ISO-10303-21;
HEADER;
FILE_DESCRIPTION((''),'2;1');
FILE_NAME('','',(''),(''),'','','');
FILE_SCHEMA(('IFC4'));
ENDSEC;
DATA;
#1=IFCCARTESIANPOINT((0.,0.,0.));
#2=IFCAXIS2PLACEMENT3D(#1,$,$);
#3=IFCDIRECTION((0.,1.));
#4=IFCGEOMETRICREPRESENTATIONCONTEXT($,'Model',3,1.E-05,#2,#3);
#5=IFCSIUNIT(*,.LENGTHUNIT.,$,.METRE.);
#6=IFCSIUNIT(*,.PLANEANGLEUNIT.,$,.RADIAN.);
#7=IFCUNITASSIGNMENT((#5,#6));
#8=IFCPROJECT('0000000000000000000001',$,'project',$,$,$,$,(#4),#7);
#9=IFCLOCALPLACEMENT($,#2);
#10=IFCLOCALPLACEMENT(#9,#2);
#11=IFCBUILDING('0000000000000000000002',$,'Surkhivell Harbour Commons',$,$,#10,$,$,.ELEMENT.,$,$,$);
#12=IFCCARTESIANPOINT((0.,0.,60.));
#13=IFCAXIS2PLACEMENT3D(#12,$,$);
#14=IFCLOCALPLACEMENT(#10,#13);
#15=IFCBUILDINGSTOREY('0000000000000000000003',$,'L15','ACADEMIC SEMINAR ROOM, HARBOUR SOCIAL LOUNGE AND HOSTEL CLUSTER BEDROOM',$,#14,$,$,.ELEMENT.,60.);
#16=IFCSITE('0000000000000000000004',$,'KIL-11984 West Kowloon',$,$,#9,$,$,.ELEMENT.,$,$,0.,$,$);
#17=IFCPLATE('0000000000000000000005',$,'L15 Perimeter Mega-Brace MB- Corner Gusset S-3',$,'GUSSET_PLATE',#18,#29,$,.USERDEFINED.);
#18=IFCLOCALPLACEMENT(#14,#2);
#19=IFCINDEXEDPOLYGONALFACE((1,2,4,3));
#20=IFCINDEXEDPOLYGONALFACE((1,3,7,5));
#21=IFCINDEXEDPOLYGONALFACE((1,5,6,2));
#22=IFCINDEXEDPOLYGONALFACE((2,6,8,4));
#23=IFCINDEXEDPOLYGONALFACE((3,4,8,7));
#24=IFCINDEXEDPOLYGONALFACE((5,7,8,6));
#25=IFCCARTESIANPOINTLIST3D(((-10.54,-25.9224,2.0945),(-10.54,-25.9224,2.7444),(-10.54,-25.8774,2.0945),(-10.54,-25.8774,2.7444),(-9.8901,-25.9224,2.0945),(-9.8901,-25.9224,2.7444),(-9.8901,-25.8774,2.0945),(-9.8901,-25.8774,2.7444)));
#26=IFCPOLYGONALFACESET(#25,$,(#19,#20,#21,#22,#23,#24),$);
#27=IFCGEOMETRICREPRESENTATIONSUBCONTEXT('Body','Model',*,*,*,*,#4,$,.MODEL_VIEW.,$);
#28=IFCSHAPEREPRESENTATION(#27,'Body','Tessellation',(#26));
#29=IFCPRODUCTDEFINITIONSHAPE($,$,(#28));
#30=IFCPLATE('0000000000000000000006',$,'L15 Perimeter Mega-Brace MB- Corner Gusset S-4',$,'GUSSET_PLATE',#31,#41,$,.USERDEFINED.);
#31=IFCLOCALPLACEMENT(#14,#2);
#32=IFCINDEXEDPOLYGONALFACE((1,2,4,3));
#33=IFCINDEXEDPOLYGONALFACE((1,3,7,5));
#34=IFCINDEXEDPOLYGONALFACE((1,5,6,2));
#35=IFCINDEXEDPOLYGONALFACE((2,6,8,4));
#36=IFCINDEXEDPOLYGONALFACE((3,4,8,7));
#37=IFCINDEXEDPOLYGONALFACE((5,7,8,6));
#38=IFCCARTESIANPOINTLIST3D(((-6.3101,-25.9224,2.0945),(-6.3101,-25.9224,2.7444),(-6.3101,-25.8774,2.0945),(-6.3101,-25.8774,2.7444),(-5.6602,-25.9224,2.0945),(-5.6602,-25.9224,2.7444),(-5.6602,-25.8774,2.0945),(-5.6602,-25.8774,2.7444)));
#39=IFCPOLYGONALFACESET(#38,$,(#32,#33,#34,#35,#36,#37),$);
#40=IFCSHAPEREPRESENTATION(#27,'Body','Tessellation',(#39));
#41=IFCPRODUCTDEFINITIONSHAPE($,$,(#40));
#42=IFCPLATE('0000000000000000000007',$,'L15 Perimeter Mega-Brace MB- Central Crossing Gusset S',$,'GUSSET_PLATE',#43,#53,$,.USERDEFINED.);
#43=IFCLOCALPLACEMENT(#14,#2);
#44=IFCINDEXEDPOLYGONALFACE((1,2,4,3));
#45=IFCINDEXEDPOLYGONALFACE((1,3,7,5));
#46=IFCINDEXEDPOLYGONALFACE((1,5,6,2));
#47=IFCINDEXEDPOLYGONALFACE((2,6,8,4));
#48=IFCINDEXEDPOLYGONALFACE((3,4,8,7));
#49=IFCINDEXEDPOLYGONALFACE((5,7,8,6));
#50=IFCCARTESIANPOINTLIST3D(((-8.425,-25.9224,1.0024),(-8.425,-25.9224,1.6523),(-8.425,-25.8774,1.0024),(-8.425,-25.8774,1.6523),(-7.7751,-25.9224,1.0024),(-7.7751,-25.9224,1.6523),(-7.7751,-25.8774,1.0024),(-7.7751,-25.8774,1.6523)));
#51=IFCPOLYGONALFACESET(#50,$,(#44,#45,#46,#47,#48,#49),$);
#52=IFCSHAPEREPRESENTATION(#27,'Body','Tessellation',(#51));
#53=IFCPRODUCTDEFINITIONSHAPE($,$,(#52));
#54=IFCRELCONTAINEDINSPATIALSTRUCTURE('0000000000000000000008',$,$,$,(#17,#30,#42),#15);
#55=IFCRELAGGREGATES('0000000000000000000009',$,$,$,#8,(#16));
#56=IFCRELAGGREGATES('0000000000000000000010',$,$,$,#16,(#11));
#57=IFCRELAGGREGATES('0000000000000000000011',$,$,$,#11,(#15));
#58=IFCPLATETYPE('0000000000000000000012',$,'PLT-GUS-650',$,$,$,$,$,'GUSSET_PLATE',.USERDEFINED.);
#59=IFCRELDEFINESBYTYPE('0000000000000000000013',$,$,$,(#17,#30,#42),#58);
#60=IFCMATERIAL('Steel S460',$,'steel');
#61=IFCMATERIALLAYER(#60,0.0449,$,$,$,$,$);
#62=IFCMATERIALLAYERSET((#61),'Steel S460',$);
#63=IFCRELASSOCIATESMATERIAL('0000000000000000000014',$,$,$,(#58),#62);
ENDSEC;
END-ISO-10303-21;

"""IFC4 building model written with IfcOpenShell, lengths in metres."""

from ifc_helpers import new_model, si_unit, direction, frame, origin, origin_2d, place, context, subcontext, project, spatial, rectangle, extrude, material, layer, layer_set, type_object, element, save


model = new_model("IFC4")

# Units and contexts
model_context = context("Model", 3, precision=1e-05, world=origin(), true_north=direction((0.0, 1.0)))
body_context = subcontext(model_context, "Body", "Model", "MODEL_VIEW")
ifc_project = project(units=[si_unit("LENGTHUNIT", "METRE"), si_unit("PLANEANGLEUNIT", "RADIAN")], contexts=[model_context])

# Site, building, storey
site_placement = place(None, origin())
site = spatial("IfcSite", under=ifc_project, at=site_placement, Name="KIL-11984 West Kowloon", CompositionType="ELEMENT", RefElevation=0.0)
building_placement = place(site_placement, origin())
building = spatial("IfcBuilding", under=site, at=building_placement, Name="Surkhivell Harbour Commons", CompositionType="ELEMENT")
storey_placement = place(building_placement, frame((0.0, 0.0, 60.0)))
storey = spatial("IfcBuildingStorey", under=building, at=storey_placement, Name="L15", Description="ACADEMIC SEMINAR ROOM, HARBOUR SOCIAL LOUNGE AND HOSTEL CLUSTER BEDROOM", CompositionType="ELEMENT", Elevation=60.0)

# Shared definitions
ifc_material_1 = material(Name="Steel S460", Category="steel")

# Plates
ifc_layer_1 = layer(ifc_material_1, 0.0449)
ifc_layer_set_1 = layer_set([ifc_layer_1], Name="Steel S460")
plate_type_1 = type_object("IfcPlateType", Name="PLT-GUS-650", ElementType="GUSSET_PLATE", PredefinedType="USERDEFINED", material=ifc_layer_set_1)
for number, where, z_axis, x_axis, name in (
    (1, (-10.2151, -25.8999, 2.0945), (0.0, 0.0, 1.0), (1.0, 0.0, 0.0), "L15 Perimeter Mega-Brace MB- Corner Gusset S-3"),
    (2, (-5.9851, -25.8999, 2.0945), (0.0, 0.0, 1.0), (1.0, 0.0, 0.0), "L15 Perimeter Mega-Brace MB- Corner Gusset S-4"),
    (3, (-8.1001, -25.8999, 1.0024), (0.0, 0.0, 1.0), (1.0, 0.0, 0.0), "L15 Perimeter Mega-Brace MB- Central Crossing Gusset S"),
):
    element("IfcPlate", number, at=place(storey_placement, frame(where, z_axis=z_axis, x_axis=x_axis)), inside=storey, type_object=plate_type_1, Name=name, ObjectType="GUSSET_PLATE", PredefinedType="USERDEFINED", context=body_context, shape_type="SweptSolid", body=[
        extrude(rectangle(XDim=0.6499, YDim=0.0449, at=origin_2d()), origin(), (0.0, 0.0, 1.0), 0.6499),
    ])

save(model, "model.ifc")
